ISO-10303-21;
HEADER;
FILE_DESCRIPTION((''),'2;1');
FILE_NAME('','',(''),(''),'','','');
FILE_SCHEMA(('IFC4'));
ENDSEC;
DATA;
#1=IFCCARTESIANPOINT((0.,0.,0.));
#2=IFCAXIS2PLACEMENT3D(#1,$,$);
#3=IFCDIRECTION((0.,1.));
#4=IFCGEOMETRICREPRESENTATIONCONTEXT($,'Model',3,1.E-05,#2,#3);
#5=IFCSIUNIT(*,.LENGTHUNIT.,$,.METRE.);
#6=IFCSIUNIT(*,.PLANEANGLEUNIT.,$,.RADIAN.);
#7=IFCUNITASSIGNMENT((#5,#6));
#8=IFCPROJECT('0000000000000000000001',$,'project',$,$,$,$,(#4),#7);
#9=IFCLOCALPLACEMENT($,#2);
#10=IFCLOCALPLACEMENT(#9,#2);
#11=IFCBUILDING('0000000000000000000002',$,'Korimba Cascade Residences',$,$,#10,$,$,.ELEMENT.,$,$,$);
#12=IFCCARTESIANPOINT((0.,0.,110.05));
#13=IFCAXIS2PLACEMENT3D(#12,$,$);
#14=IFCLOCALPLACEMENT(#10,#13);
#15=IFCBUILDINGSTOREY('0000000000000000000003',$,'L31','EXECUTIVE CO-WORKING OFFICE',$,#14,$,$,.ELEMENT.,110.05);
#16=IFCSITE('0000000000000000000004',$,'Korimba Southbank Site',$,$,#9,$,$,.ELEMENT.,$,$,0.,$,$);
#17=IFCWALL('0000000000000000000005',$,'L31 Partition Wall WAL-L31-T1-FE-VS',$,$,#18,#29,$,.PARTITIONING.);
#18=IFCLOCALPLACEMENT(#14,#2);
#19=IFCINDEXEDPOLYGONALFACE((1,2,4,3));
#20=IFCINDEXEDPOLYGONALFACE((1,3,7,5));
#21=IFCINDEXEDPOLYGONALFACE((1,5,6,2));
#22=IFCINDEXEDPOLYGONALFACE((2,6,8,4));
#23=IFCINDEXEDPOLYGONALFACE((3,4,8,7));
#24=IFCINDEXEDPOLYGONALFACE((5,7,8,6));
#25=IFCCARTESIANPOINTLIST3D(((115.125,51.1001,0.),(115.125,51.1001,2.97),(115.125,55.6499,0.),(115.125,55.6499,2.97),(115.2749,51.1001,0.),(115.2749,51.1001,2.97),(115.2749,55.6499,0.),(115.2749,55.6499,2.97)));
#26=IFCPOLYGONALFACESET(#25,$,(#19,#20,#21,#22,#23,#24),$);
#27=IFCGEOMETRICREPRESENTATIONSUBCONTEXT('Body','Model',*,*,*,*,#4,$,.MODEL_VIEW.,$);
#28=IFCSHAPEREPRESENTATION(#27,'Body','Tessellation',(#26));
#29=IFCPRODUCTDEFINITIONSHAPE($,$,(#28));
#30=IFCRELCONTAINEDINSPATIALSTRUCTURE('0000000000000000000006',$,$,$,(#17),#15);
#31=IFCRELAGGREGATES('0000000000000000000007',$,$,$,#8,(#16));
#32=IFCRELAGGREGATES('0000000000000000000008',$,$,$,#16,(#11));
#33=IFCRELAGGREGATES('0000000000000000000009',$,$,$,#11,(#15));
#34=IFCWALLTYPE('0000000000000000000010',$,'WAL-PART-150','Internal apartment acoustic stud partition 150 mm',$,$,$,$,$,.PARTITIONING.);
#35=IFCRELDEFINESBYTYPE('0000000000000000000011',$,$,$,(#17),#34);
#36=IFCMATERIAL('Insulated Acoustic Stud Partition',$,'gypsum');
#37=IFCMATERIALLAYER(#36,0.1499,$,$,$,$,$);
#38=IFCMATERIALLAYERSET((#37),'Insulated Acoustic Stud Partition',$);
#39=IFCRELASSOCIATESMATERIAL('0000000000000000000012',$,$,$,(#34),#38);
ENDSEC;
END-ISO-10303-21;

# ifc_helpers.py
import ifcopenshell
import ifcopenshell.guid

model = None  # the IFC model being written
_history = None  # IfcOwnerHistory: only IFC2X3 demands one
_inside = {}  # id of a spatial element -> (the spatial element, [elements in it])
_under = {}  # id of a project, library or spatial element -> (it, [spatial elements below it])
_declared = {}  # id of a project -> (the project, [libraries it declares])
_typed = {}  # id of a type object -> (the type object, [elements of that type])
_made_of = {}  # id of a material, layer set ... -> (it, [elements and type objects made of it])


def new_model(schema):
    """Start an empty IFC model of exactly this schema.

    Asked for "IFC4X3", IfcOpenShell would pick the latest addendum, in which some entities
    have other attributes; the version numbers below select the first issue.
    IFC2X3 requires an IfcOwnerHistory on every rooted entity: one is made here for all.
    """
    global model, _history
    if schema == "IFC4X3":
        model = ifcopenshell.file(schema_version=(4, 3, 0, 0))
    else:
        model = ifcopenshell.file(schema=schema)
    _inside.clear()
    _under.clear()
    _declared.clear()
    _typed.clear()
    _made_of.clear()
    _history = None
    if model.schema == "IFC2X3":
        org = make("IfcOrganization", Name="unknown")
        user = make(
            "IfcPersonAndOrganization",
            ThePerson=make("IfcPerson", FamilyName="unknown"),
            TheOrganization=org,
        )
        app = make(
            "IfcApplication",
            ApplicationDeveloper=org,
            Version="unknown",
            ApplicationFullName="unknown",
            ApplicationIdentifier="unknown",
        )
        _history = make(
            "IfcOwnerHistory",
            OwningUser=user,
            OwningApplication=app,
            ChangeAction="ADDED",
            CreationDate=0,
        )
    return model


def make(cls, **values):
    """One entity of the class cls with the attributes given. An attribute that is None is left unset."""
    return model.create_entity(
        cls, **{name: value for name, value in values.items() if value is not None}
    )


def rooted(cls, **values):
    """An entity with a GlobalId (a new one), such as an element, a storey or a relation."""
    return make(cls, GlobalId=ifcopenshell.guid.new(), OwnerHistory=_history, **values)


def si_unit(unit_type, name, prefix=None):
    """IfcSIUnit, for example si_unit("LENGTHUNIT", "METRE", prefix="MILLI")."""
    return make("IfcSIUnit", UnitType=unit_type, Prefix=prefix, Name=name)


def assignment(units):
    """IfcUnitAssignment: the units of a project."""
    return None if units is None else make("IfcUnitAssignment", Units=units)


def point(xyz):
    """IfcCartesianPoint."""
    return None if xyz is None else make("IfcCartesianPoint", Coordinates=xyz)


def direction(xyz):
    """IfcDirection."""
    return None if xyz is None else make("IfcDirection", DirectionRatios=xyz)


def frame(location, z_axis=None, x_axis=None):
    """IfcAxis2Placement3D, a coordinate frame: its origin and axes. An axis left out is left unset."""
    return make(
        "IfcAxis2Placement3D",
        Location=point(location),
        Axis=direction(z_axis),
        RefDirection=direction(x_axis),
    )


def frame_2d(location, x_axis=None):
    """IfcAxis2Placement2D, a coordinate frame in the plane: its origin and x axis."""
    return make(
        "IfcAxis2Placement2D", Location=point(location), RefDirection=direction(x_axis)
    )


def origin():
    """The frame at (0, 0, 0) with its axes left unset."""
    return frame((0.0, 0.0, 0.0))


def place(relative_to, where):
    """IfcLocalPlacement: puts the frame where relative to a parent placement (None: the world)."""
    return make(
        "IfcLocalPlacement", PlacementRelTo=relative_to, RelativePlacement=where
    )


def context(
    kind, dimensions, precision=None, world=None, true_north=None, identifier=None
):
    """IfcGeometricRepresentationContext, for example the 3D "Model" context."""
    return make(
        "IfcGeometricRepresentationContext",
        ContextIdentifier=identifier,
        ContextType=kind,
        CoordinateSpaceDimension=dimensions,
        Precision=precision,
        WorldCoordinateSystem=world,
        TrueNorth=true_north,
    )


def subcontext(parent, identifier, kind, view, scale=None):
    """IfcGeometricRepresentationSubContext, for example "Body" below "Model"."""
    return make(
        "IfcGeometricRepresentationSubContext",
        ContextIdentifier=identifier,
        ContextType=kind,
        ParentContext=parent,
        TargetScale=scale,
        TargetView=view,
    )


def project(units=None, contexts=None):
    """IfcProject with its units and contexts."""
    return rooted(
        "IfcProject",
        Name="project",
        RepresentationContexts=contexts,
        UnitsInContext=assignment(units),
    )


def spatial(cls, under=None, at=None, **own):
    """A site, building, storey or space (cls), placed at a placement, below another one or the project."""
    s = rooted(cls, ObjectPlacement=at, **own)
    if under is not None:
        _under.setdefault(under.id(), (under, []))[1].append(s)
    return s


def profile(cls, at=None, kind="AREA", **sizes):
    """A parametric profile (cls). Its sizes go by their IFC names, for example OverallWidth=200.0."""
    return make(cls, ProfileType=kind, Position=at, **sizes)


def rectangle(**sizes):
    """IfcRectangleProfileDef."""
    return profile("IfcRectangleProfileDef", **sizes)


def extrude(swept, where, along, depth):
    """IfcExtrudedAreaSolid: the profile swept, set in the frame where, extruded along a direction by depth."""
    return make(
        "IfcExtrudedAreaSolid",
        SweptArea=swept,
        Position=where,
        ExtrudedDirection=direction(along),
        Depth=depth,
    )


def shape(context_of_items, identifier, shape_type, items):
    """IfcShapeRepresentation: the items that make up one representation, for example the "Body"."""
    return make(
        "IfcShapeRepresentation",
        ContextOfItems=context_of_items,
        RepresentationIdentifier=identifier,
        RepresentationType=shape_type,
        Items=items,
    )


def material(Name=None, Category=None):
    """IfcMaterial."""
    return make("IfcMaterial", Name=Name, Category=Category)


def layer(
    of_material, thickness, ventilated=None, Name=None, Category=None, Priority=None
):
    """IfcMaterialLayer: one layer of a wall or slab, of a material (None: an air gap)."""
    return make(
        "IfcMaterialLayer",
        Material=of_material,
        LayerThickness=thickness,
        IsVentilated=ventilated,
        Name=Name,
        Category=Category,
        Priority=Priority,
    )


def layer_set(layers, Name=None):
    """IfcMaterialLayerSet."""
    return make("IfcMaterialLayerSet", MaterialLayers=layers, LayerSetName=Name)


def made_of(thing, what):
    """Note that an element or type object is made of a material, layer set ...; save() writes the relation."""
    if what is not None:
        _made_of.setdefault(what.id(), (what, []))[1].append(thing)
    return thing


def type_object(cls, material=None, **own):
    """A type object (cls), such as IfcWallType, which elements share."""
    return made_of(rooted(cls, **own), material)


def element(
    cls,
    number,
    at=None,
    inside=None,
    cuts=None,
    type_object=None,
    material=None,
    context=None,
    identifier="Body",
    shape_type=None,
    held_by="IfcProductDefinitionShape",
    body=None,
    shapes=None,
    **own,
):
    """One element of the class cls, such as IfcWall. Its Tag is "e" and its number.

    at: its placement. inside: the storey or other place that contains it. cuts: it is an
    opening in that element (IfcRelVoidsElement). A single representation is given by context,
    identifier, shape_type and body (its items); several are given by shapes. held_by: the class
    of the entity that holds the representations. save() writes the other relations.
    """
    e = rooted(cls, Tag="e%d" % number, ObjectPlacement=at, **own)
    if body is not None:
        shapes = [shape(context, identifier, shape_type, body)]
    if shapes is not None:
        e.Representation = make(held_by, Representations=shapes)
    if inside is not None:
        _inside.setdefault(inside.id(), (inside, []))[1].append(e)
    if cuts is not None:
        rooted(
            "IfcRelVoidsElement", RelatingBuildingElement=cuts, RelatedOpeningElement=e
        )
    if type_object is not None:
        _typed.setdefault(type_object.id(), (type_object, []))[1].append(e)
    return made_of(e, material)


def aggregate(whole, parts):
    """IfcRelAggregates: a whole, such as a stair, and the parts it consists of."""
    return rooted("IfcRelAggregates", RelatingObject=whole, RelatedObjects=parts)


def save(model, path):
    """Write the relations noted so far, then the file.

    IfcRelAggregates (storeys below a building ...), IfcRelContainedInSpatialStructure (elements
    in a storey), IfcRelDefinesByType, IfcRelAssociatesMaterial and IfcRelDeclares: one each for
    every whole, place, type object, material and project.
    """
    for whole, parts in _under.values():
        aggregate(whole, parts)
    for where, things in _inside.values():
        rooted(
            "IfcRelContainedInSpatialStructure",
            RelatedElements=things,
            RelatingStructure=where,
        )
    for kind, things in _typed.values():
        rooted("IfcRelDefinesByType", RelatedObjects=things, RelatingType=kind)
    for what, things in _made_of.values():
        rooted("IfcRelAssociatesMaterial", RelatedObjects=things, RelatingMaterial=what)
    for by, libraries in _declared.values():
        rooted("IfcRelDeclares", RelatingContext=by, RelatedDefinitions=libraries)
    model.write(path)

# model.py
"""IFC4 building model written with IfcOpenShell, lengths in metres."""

from ifc_helpers import new_model, si_unit, direction, frame, frame_2d, origin, place, context, subcontext, project, spatial, rectangle, extrude, material, layer, layer_set, type_object, element, save


model = new_model("IFC4")

# Units and contexts
model_context = context("Model", 3, precision=1e-05, world=origin(), true_north=direction((0.0, 1.0)))
body_context = subcontext(model_context, "Body", "Model", "MODEL_VIEW")
ifc_project = project(units=[si_unit("LENGTHUNIT", "METRE"), si_unit("PLANEANGLEUNIT", "RADIAN")], contexts=[model_context])

# Site, building, storey
site_placement = place(None, origin())
site = spatial("IfcSite", under=ifc_project, at=site_placement, Name="Korimba Southbank Site", CompositionType="ELEMENT", RefElevation=0.0)
building_placement = place(site_placement, origin())
building = spatial("IfcBuilding", under=site, at=building_placement, Name="Korimba Cascade Residences", CompositionType="ELEMENT")
storey_placement = place(building_placement, frame((0.0, 0.0, 110.05)))
storey = spatial("IfcBuildingStorey", under=building, at=storey_placement, Name="L31", Description="EXECUTIVE CO-WORKING OFFICE", CompositionType="ELEMENT", Elevation=110.05)

# Shared definitions
ifc_material_1 = material(Name="Insulated Acoustic Stud Partition", Category="gypsum")
ifc_layer_1 = layer(ifc_material_1, 0.1499)
ifc_layer_set_1 = layer_set([ifc_layer_1], Name="Insulated Acoustic Stud Partition")
wall_type_1 = type_object("IfcWallType", Name="WAL-PART-150", Description="Internal apartment acoustic stud partition 150 mm", PredefinedType="PARTITIONING", material=ifc_layer_set_1)

# Wall
wall_1_placement = place(storey_placement, frame((115.2, 51.1001, 0.0), z_axis=(0.0, 0.0, 1.0), x_axis=(0.0, 1.0, 0.0)))
element("IfcWall", 1, at=wall_1_placement, inside=storey, type_object=wall_type_1, Name="L31 Partition Wall WAL-L31-T1-FE-VS", PredefinedType="PARTITIONING", context=body_context, shape_type="SweptSolid", body=[
    extrude(rectangle(XDim=4.5498, YDim=0.1499, at=frame_2d((2.2749, 0.0))), origin(), (0.0, 0.0, 1.0), 2.97),
])

save(model, "model.ifc")
